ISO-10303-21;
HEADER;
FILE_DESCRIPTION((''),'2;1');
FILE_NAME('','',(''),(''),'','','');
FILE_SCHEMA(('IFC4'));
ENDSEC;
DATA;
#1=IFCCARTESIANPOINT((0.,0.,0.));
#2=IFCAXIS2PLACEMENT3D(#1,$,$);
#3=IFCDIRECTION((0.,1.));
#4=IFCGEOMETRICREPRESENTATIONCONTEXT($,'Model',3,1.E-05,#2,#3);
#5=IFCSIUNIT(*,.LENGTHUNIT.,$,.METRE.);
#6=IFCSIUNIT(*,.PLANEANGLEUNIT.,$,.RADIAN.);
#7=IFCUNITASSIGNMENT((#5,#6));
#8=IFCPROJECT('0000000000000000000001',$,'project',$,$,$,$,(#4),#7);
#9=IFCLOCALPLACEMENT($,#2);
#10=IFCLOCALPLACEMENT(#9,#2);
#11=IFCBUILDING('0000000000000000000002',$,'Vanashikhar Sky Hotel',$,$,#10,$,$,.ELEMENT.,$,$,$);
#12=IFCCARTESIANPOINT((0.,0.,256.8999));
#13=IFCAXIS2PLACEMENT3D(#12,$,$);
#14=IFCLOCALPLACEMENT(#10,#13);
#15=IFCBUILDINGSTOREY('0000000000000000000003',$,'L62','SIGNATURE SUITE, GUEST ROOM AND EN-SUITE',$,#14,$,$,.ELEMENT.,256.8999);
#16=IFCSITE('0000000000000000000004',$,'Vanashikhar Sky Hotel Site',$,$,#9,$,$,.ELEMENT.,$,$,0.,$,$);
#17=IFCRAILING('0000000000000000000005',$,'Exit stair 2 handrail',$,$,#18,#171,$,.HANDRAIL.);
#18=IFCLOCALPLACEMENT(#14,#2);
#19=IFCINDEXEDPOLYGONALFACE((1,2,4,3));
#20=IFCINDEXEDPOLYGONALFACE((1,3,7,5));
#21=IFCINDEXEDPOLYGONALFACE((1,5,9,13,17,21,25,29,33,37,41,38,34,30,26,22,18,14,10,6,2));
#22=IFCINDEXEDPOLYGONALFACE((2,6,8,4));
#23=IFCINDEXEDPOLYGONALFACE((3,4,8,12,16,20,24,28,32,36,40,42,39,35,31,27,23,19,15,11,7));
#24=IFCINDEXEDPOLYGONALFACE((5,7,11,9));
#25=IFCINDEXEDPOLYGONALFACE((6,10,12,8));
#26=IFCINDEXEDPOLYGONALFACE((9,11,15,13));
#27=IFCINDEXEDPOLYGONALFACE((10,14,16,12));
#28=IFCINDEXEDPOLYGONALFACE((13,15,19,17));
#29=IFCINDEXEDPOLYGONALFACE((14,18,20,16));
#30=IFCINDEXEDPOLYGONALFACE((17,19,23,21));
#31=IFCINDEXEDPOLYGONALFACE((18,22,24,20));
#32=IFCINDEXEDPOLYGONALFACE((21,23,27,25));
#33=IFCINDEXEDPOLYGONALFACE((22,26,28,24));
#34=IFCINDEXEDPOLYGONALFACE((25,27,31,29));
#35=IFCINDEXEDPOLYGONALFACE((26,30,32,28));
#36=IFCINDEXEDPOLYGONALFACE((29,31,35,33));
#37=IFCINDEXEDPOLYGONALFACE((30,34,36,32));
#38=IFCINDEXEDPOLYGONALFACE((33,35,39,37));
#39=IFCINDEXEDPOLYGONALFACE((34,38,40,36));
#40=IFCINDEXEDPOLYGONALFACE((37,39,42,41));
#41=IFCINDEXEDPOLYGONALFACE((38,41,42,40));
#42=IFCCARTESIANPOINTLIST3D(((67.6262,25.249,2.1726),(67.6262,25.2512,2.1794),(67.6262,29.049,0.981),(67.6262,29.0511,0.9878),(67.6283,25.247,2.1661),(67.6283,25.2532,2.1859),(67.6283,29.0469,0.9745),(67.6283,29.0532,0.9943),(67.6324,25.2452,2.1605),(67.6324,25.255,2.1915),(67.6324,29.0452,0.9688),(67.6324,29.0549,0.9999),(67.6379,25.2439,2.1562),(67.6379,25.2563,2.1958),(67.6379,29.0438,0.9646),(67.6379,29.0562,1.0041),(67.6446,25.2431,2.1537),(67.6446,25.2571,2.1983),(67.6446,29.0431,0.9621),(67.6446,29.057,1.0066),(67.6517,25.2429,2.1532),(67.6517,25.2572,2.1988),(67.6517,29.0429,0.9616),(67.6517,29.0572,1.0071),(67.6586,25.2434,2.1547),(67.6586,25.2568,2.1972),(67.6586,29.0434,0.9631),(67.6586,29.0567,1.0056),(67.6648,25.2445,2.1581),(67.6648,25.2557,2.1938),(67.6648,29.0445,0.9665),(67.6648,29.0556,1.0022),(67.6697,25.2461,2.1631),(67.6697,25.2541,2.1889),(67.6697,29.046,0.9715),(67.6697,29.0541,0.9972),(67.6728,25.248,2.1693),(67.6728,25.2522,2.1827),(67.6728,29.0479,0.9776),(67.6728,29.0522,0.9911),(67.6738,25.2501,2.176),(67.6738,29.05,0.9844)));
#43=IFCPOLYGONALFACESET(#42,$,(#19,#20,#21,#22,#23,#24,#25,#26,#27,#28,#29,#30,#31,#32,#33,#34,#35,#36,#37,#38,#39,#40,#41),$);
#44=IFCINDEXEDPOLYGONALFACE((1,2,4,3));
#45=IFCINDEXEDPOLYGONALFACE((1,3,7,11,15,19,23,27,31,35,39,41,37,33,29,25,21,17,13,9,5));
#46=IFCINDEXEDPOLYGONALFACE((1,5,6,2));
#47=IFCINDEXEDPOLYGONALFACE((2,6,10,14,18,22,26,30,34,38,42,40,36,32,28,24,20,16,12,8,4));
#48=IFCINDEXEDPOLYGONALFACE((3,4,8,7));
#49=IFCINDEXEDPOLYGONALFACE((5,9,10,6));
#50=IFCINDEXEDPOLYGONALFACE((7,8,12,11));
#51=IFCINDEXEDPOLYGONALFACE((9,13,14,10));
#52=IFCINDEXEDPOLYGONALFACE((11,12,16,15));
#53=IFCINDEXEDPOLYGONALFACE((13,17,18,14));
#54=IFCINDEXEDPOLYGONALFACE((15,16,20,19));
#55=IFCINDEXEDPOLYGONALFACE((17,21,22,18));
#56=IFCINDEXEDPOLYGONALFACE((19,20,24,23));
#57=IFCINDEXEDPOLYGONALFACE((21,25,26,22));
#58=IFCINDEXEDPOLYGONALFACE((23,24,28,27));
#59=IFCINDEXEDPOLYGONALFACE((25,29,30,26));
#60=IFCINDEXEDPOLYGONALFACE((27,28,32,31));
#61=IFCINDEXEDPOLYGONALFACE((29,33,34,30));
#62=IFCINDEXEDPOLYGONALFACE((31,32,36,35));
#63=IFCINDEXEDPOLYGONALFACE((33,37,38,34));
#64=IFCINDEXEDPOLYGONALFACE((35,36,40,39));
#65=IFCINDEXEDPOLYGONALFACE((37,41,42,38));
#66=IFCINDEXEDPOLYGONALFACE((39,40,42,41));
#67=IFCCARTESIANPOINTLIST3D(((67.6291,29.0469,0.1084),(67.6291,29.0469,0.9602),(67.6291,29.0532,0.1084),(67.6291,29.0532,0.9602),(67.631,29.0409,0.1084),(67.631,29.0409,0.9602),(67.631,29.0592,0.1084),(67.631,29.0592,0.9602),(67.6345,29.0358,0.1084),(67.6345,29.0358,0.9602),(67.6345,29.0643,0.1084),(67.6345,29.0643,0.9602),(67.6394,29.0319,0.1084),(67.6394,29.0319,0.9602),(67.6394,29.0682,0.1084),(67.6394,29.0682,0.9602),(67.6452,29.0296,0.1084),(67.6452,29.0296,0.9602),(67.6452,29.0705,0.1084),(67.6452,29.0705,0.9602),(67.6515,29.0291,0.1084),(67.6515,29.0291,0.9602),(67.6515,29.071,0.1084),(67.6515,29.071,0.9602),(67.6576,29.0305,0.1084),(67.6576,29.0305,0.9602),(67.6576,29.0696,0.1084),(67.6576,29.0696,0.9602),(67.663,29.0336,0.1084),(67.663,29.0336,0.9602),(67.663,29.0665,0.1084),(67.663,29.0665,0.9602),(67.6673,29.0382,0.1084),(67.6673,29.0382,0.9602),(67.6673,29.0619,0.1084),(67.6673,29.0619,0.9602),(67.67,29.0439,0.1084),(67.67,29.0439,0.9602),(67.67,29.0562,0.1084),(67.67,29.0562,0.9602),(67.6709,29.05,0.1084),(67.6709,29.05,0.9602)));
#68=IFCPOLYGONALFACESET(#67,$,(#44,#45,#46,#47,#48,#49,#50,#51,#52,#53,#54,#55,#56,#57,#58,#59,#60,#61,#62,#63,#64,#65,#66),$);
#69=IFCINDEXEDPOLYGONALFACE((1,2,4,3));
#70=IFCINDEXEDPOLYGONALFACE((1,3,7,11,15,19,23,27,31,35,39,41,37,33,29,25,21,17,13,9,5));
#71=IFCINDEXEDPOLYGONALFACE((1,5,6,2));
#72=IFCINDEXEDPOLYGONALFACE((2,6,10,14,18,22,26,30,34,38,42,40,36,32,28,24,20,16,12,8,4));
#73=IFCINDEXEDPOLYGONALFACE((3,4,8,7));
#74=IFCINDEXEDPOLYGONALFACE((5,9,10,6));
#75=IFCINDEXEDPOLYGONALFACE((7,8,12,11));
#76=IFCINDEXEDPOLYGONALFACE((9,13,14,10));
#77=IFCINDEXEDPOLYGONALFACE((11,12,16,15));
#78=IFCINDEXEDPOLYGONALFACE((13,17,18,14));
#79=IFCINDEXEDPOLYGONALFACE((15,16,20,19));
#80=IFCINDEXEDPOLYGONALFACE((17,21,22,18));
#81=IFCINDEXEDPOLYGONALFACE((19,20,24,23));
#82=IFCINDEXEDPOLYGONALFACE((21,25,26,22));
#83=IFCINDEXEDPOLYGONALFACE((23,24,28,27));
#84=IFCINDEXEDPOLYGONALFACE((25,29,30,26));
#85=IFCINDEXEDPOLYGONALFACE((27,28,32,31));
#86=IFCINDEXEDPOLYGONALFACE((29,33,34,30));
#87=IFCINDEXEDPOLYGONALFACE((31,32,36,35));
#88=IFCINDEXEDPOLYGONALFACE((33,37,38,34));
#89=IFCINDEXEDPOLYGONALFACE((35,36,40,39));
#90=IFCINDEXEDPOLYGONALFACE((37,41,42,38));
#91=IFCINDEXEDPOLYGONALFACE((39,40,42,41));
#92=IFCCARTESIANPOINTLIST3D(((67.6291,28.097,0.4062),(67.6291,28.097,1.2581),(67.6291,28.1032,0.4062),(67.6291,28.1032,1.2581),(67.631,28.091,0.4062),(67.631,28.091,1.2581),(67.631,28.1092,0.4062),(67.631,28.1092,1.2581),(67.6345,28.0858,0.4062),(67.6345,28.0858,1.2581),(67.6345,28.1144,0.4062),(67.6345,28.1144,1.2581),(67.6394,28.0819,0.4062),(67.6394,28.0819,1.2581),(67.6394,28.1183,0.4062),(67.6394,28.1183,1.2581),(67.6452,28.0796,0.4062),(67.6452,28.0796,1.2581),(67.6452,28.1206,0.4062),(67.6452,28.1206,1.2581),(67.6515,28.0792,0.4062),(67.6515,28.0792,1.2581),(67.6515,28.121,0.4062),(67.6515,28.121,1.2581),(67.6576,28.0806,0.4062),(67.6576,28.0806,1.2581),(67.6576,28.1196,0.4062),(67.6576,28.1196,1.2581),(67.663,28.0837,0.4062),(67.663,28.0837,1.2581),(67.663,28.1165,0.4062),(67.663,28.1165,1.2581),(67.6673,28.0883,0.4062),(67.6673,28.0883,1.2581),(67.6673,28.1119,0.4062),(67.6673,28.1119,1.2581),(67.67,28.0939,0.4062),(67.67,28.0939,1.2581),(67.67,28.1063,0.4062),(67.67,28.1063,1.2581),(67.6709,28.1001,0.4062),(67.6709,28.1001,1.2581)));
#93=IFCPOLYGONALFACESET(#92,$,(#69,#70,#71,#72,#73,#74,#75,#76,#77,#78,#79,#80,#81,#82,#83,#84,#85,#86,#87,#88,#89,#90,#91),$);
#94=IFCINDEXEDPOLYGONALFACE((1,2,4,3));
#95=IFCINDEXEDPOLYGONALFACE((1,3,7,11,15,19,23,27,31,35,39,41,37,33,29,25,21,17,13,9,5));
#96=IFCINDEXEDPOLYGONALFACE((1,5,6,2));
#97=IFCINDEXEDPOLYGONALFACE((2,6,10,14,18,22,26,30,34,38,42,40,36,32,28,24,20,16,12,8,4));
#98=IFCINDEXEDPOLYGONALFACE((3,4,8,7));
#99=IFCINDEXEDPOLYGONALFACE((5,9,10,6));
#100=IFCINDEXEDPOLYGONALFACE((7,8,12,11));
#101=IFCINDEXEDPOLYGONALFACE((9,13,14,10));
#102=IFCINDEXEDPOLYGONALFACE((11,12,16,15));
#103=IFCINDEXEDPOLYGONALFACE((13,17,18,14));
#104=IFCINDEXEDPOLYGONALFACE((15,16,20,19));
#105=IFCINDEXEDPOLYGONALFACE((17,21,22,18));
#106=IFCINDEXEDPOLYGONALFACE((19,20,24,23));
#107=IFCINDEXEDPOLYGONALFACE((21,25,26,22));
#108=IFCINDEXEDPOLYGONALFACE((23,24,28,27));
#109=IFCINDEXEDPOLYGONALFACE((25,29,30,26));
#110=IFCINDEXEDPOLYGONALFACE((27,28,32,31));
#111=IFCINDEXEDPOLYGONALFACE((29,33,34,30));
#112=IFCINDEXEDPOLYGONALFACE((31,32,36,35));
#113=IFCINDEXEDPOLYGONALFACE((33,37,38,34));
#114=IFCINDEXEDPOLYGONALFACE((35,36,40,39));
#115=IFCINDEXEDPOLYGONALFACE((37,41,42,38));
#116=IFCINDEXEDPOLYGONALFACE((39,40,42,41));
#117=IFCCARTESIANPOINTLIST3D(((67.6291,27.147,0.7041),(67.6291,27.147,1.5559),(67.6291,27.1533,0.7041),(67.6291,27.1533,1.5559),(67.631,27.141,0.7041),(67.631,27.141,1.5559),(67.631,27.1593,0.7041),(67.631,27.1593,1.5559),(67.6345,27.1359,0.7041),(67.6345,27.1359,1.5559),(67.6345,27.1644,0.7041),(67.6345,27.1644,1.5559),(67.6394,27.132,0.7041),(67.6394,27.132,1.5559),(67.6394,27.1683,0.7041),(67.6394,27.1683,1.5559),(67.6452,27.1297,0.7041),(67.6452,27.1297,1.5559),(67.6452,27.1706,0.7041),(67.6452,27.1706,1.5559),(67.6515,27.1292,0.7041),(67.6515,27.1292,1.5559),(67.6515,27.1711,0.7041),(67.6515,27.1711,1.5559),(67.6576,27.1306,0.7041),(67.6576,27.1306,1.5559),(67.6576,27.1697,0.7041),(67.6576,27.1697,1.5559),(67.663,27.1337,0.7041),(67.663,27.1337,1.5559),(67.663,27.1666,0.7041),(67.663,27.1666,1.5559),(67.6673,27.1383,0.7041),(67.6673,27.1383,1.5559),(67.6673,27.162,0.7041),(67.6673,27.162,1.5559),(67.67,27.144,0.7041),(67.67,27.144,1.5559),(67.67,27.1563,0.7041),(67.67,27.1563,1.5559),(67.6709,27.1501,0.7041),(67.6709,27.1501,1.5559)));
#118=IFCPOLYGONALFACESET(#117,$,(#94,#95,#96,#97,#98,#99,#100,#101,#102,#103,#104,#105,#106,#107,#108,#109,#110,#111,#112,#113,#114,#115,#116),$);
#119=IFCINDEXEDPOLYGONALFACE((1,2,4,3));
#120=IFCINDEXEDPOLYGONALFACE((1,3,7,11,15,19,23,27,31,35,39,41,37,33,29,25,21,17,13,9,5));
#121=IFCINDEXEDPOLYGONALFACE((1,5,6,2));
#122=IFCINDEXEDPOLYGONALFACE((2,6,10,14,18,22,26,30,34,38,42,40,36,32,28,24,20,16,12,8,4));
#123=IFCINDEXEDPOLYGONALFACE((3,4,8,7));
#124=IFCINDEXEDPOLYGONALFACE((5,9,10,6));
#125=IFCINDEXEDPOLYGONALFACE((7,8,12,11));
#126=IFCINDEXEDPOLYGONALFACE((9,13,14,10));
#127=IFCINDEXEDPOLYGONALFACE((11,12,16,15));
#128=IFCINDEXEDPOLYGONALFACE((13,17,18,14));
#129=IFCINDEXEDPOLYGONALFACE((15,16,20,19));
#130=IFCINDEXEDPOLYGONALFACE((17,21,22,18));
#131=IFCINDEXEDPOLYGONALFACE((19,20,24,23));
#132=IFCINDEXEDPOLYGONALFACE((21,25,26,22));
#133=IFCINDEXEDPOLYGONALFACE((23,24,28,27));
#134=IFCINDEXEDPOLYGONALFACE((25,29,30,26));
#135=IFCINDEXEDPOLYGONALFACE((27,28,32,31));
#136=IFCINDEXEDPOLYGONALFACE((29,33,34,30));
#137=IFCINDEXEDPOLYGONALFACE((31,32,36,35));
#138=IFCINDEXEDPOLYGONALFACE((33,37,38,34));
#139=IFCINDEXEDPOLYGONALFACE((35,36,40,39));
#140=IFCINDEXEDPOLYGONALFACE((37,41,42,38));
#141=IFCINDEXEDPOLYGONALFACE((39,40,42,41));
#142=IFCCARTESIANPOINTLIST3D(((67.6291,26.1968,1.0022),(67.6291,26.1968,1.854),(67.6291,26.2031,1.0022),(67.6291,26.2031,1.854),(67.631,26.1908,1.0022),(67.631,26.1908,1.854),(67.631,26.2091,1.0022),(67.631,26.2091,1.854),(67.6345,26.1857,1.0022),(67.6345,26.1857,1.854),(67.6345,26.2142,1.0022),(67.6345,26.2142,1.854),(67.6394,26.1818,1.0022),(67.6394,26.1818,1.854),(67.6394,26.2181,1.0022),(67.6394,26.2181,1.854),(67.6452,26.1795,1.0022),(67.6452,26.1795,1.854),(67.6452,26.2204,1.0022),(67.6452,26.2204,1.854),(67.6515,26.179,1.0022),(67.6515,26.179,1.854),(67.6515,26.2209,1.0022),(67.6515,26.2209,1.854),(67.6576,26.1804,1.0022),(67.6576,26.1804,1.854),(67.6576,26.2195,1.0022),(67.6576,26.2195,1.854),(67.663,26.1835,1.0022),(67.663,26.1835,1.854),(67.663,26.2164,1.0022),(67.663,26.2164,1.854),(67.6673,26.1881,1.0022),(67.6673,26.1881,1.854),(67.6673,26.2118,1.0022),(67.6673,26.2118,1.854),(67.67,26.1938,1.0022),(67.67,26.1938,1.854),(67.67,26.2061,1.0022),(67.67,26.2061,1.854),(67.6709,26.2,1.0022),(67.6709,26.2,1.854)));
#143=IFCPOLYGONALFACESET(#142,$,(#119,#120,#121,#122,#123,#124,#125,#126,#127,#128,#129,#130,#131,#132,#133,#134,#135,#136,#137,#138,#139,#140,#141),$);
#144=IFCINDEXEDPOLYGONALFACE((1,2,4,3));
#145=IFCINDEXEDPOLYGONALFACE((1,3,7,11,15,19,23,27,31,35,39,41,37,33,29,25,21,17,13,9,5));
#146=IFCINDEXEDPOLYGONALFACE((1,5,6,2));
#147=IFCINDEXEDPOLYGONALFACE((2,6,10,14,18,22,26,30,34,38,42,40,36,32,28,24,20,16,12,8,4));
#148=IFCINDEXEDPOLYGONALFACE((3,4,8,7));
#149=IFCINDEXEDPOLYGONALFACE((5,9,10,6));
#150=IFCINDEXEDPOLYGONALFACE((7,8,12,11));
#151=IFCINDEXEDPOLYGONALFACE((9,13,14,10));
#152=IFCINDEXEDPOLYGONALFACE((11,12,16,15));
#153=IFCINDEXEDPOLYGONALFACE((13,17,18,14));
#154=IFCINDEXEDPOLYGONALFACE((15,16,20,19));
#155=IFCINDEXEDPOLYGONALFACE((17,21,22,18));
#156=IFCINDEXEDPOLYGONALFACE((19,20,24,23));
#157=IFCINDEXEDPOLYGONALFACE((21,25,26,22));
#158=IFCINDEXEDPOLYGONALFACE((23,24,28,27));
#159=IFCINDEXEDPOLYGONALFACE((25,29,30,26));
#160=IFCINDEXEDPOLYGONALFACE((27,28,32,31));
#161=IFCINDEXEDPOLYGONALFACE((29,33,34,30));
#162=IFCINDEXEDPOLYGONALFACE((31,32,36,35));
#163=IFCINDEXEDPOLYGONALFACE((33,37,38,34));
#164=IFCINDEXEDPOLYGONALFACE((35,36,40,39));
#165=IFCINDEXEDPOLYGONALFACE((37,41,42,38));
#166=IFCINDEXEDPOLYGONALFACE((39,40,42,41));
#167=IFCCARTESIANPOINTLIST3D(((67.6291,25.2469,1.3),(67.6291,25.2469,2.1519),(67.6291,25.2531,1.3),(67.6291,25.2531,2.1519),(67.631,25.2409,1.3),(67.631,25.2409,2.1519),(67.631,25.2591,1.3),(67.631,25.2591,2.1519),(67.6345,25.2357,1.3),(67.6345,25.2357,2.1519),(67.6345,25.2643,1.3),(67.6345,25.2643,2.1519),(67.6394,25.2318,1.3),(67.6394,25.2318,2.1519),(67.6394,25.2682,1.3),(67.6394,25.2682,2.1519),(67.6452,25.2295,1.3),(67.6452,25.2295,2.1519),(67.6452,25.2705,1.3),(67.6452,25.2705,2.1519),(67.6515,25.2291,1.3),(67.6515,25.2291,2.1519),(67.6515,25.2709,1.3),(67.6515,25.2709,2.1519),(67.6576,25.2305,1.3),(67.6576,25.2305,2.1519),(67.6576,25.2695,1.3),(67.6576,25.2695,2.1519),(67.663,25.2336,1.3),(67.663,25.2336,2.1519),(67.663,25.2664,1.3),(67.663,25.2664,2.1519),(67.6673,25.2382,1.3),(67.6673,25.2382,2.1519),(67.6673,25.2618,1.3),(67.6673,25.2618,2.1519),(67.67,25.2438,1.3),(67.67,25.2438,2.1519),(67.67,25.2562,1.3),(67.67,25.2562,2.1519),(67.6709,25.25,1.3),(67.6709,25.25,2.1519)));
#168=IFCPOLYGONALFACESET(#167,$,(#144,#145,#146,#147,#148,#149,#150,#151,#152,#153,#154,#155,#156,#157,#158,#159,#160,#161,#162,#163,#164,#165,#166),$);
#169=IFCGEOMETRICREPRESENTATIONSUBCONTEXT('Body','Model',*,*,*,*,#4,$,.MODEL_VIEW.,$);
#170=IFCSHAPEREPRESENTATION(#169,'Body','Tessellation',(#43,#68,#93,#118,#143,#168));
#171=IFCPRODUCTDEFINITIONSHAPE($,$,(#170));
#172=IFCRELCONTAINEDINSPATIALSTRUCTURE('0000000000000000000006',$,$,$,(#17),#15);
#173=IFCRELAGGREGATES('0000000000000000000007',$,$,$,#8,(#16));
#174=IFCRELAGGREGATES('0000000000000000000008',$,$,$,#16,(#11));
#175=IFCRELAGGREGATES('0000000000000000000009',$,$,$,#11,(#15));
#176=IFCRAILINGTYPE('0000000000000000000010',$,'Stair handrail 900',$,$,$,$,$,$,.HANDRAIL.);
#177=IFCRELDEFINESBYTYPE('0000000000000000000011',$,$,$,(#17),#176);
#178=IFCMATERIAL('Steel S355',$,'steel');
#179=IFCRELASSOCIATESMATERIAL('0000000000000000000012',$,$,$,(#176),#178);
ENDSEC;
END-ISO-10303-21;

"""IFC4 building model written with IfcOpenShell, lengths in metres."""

from ifc_helpers import new_model, si_unit, direction, frame, origin, origin_2d, place, context, subcontext, project, spatial, circle, extrude, source, transform, mapped, material, type_object, element, save


model = new_model("IFC4")

# Units and contexts
model_context = context("Model", 3, precision=1e-05, world=origin(), true_north=direction((0.0, 1.0)))
body_context = subcontext(model_context, "Body", "Model", "MODEL_VIEW")
ifc_project = project(units=[si_unit("LENGTHUNIT", "METRE"), si_unit("PLANEANGLEUNIT", "RADIAN")], contexts=[model_context])

# Site, building, storey
site_placement = place(None, origin())
site = spatial("IfcSite", under=ifc_project, at=site_placement, Name="Vanashikhar Sky Hotel Site", CompositionType="ELEMENT", RefElevation=0.0)
building_placement = place(site_placement, origin())
building = spatial("IfcBuilding", under=site, at=building_placement, Name="Vanashikhar Sky Hotel", CompositionType="ELEMENT")
storey_placement = place(building_placement, frame((0.0, 0.0, 256.8999)))
storey = spatial("IfcBuildingStorey", under=building, at=storey_placement, Name="L62", Description="SIGNATURE SUITE, GUEST ROOM AND EN-SUITE", CompositionType="ELEMENT", Elevation=256.8999)

# Railing
ifc_material_1 = material(Name="Steel S355", Category="steel")
railing_type_1 = type_object("IfcRailingType", Name="Stair handrail 900", PredefinedType="HANDRAIL", material=ifc_material_1)
shared_shape_1 = source(origin(), body_context, "Body", "SweptSolid", [
    extrude(circle(Radius=0.0239, at=origin_2d()), frame((0.0, 0.0, 0.876), z_axis=(0.0, -0.954184, 0.299221), x_axis=(1.0, 0.0, 0.0)), (0.0, 0.0, 1.0), 3.9824),
    extrude(circle(Radius=0.021, at=origin_2d()), origin(), (0.0, 0.0, 1.0), 0.8518),
    extrude(circle(Radius=0.021, at=origin_2d()), frame((0.0, -0.95, 0.2979)), (0.0, 0.0, 1.0), 0.8518),
    extrude(circle(Radius=0.021, at=origin_2d()), frame((0.0, -1.8999, 0.5957)), (0.0, 0.0, 1.0), 0.8518),
    extrude(circle(Radius=0.021, at=origin_2d()), frame((0.0, -2.8501, 0.8938)), (0.0, 0.0, 1.0), 0.8518),
    extrude(circle(Radius=0.021, at=origin_2d()), frame((0.0, -3.8, 1.1917)), (0.0, 0.0, 1.0), 0.8518),
])
for number, where, name in (
    (1, (67.6499, 29.05, 0.1084), "Exit stair 2 handrail"),
):
    element("IfcRailing", number, at=place(storey_placement, frame(where)), inside=storey, type_object=railing_type_1, Name=name, PredefinedType="HANDRAIL", context=body_context, shape_type="MappedRepresentation", body=[
        mapped(shared_shape_1, transform((0.0, 0.0, 0.0), scale=1.0)),
    ])

save(model, "model.ifc")
